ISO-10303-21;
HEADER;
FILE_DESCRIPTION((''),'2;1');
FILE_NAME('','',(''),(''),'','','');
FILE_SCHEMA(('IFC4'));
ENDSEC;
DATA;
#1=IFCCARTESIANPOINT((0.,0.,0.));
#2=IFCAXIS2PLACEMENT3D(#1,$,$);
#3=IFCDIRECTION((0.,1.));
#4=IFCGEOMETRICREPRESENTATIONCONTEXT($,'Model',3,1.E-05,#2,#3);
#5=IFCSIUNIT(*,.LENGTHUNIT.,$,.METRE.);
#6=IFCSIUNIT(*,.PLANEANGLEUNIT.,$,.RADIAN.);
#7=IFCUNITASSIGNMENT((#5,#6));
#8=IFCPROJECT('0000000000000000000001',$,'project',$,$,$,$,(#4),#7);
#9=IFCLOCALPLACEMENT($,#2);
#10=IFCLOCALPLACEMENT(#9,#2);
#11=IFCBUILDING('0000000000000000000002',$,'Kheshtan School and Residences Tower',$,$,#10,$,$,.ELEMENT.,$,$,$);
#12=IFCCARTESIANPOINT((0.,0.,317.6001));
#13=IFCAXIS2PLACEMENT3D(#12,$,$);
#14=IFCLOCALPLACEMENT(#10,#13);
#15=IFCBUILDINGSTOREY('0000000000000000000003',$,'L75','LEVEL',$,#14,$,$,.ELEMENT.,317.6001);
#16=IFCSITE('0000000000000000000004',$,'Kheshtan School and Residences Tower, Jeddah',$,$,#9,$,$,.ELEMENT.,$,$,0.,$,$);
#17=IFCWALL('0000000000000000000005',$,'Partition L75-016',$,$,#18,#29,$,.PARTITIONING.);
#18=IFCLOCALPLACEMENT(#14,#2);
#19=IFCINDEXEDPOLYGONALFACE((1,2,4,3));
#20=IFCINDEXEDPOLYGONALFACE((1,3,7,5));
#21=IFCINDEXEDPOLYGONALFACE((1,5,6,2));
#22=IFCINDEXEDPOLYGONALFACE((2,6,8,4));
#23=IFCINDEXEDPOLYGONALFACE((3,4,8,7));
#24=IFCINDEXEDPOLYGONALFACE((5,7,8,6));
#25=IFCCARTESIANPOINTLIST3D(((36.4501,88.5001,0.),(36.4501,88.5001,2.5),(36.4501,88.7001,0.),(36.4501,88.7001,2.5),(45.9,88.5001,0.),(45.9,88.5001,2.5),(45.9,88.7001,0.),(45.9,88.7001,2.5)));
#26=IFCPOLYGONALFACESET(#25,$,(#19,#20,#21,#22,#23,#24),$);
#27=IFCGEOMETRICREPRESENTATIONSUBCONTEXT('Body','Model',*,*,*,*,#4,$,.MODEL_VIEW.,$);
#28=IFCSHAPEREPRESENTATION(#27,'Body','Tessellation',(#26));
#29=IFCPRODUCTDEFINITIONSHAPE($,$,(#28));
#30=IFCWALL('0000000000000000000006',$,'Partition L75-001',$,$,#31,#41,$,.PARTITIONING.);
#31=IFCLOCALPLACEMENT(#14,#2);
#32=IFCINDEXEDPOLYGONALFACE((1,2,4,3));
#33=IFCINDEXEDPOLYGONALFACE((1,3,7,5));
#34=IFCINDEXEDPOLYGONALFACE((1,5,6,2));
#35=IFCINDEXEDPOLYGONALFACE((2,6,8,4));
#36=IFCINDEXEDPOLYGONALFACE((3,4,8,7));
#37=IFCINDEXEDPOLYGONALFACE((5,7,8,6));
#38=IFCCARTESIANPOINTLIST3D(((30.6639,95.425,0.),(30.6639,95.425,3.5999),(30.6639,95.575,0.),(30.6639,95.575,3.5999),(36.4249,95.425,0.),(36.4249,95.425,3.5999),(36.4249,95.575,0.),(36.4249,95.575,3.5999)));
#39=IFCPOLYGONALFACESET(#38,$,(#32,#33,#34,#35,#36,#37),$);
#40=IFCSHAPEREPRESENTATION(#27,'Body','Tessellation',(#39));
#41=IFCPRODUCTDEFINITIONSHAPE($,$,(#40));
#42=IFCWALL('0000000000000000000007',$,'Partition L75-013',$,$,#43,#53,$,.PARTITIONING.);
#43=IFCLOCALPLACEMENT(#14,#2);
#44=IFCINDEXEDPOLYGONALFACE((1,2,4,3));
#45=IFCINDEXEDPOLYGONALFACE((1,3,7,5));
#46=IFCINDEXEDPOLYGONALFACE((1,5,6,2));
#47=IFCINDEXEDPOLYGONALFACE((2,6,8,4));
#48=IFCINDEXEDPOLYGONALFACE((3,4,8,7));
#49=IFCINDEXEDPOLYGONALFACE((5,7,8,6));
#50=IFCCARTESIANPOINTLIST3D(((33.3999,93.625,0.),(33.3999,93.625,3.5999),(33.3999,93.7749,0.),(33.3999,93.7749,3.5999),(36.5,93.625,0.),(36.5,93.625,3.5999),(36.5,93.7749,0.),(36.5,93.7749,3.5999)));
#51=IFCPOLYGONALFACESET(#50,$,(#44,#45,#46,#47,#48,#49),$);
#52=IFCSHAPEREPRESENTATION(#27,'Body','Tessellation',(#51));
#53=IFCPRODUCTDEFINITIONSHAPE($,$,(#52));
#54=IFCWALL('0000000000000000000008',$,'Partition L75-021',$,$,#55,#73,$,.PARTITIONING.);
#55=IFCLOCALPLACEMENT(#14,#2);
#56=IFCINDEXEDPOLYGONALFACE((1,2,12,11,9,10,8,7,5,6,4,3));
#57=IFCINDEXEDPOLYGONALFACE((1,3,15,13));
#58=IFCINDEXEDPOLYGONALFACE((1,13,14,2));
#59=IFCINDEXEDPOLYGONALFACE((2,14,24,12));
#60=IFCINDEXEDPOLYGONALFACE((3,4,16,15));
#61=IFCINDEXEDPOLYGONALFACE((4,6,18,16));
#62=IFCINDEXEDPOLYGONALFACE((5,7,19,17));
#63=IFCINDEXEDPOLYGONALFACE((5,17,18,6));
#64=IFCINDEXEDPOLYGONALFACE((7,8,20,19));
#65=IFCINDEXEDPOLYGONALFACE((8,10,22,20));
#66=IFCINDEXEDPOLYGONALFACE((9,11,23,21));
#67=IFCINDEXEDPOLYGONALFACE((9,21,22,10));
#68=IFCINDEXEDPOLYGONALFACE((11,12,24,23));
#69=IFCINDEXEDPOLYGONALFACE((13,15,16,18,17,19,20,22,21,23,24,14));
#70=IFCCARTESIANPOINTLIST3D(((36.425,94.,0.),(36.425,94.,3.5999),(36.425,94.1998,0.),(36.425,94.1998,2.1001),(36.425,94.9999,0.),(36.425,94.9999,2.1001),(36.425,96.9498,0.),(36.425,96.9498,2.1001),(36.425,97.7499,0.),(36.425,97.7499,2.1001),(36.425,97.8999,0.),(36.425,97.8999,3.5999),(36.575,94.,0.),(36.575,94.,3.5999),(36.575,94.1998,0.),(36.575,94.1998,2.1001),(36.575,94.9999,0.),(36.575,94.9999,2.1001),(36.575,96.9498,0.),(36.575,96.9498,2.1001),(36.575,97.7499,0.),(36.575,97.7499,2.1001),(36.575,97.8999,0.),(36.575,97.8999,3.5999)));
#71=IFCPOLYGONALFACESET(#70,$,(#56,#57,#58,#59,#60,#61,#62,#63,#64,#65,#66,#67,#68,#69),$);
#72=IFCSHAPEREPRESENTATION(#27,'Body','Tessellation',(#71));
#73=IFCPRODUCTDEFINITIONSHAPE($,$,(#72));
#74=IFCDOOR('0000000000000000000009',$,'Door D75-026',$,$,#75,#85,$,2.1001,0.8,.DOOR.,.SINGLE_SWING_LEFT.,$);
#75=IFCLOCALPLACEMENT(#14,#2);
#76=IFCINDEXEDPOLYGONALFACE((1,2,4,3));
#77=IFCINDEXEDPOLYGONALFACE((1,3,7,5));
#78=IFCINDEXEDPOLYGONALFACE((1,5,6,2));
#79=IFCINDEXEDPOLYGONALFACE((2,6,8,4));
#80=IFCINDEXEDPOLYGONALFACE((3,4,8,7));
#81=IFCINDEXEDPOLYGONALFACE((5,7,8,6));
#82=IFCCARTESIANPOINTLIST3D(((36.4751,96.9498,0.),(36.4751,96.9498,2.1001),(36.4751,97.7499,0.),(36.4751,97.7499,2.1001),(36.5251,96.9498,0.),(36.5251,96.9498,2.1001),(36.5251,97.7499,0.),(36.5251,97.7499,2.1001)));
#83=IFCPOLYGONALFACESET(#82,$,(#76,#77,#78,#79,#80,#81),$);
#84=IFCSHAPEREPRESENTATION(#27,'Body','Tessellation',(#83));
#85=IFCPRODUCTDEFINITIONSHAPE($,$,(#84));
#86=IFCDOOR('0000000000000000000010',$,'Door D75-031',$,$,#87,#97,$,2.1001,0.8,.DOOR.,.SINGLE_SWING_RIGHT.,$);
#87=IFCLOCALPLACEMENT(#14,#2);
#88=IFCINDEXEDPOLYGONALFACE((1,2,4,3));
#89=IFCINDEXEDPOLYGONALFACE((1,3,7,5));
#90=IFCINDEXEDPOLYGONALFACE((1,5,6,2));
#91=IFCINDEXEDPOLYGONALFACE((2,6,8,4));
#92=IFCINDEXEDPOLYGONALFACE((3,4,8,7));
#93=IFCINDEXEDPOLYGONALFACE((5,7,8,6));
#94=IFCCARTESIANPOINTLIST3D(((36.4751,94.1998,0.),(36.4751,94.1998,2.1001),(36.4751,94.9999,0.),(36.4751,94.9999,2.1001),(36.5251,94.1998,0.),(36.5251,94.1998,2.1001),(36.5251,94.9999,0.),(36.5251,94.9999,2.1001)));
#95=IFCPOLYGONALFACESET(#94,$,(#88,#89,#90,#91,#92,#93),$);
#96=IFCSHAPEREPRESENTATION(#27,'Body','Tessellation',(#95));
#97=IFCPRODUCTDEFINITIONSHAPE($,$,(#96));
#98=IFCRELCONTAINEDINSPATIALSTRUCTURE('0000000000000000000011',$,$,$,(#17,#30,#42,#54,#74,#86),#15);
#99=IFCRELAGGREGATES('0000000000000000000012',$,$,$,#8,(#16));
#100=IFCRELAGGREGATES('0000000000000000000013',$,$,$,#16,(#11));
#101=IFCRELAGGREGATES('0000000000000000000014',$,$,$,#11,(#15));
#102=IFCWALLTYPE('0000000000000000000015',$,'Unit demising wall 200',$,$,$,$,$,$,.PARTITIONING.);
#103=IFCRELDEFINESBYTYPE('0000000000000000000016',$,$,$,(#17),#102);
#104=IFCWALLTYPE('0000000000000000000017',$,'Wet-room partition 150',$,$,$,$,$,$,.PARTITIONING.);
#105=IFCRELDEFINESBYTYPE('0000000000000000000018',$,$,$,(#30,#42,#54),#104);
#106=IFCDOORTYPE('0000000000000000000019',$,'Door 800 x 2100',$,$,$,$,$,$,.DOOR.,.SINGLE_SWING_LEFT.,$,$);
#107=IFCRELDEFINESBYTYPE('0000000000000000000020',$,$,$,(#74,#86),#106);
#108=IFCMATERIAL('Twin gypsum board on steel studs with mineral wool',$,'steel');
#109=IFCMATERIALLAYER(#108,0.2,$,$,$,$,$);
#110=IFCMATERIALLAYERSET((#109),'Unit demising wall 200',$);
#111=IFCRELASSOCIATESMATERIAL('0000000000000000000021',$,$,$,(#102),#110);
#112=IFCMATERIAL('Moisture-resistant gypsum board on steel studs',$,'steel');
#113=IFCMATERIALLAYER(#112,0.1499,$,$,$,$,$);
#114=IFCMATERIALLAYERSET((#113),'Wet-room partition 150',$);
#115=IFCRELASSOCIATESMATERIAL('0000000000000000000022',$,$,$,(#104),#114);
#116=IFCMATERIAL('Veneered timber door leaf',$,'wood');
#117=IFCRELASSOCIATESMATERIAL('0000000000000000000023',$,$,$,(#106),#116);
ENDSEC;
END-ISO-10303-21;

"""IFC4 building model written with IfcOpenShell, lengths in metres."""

from ifc_helpers import new_model, si_unit, direction, frame, frame_2d, origin, place, context, subcontext, project, spatial, rectangle, extrude, source, transform, mapped, material, layer, layer_set, type_object, element, fill, save


model = new_model("IFC4")

# Units and contexts
model_context = context("Model", 3, precision=1e-05, world=origin(), true_north=direction((0.0, 1.0)))
body_context = subcontext(model_context, "Body", "Model", "MODEL_VIEW")
ifc_project = project(units=[si_unit("LENGTHUNIT", "METRE"), si_unit("PLANEANGLEUNIT", "RADIAN")], contexts=[model_context])

# Site, building, storey
site_placement = place(None, origin())
site = spatial("IfcSite", under=ifc_project, at=site_placement, Name="Kheshtan School and Residences Tower, Jeddah", CompositionType="ELEMENT", RefElevation=0.0)
building_placement = place(site_placement, origin())
building = spatial("IfcBuilding", under=site, at=building_placement, Name="Kheshtan School and Residences Tower", CompositionType="ELEMENT")
storey_placement = place(building_placement, frame((0.0, 0.0, 317.6001)))
storey = spatial("IfcBuildingStorey", under=building, at=storey_placement, Name="L75", Description="LEVEL", CompositionType="ELEMENT", Elevation=317.6001)

# Shared definitions
ifc_material_1 = material(Name="Veneered timber door leaf", Category="wood")

# Walls
ifc_material_2 = material(Name="Twin gypsum board on steel studs with mineral wool", Category="steel")
ifc_layer_1 = layer(ifc_material_2, 0.2)
ifc_layer_set_1 = layer_set([ifc_layer_1], Name="Unit demising wall 200")
wall_type_1 = type_object("IfcWallType", Name="Unit demising wall 200", PredefinedType="PARTITIONING", material=ifc_layer_set_1)
wall_1_placement = place(storey_placement, frame((36.45, 88.6001, 0.0), z_axis=(0.0, 0.0, 1.0), x_axis=(1.0, 0.0, 0.0)))
element("IfcWall", 1, at=wall_1_placement, inside=storey, type_object=wall_type_1, Name="Partition L75-016", PredefinedType="PARTITIONING", context=body_context, shape_type="SweptSolid", body=[
    extrude(rectangle(XDim=9.45, YDim=0.2, at=frame_2d((4.7251, 0.0))), origin(), (0.0, 0.0, 1.0), 2.5),
])
ifc_material_3 = material(Name="Moisture-resistant gypsum board on steel studs", Category="steel")
ifc_layer_2 = layer(ifc_material_3, 0.1499)
ifc_layer_set_2 = layer_set([ifc_layer_2], Name="Wet-room partition 150")
wall_type_2 = type_object("IfcWallType", Name="Wet-room partition 150", PredefinedType="PARTITIONING", material=ifc_layer_set_2)
wall_2_placement = place(storey_placement, frame((30.6641, 95.5, 0.0), z_axis=(0.0, 0.0, 1.0), x_axis=(1.0, 0.0, 0.0)))
element("IfcWall", 2, at=wall_2_placement, inside=storey, type_object=wall_type_2, Name="Partition L75-001", PredefinedType="PARTITIONING", context=body_context, shape_type="SweptSolid", body=[
    extrude(rectangle(XDim=5.761, YDim=0.1499, at=frame_2d((2.8804, 0.0))), origin(), (0.0, 0.0, 1.0), 3.5999),
])
wall_3_placement = place(storey_placement, frame((33.3999, 93.7, 0.0), z_axis=(0.0, 0.0, 1.0), x_axis=(1.0, 0.0, 0.0)))
element("IfcWall", 3, at=wall_3_placement, inside=storey, type_object=wall_type_2, Name="Partition L75-013", PredefinedType="PARTITIONING", context=body_context, shape_type="SweptSolid", body=[
    extrude(rectangle(XDim=3.1001, YDim=0.1499, at=frame_2d((1.55, 0.0))), origin(), (0.0, 0.0, 1.0), 3.5999),
])

# Wall, openings, doors
wall_4_placement = place(storey_placement, frame((36.5, 94.0, 0.0), z_axis=(0.0, 0.0, 1.0), x_axis=(0.0, 1.0, 0.0)))
wall_4 = element("IfcWall", 4, at=wall_4_placement, inside=storey, type_object=wall_type_2, Name="Partition L75-021", PredefinedType="PARTITIONING", context=body_context, shape_type="SweptSolid", body=[
    extrude(rectangle(XDim=3.8999, YDim=0.1499, at=frame_2d((1.95, 0.0))), origin(), (0.0, 0.0, 1.0), 3.5999),
])
opening_1_placement = place(wall_4_placement, frame((2.95, 0.0, 0.0)))
opening_1 = element("IfcOpeningElement", 5, at=opening_1_placement, cuts=wall_4, PredefinedType="OPENING", context=body_context, shape_type="SweptSolid", body=[
    extrude(rectangle(XDim=0.8, YDim=2.1001, at=frame_2d((0.3999, 1.05))), frame((0.0, 0.085, 0.0), z_axis=(0.0, -1.0, 0.0), x_axis=(1.0, 0.0, 0.0)), (0.0, 0.0, 1.0), 0.1699),
])
opening_2_placement = place(wall_4_placement, frame((0.2, 0.0, 0.0)))
opening_2 = element("IfcOpeningElement", 6, at=opening_2_placement, cuts=wall_4, PredefinedType="OPENING", context=body_context, shape_type="SweptSolid", body=[
    extrude(rectangle(XDim=0.8, YDim=2.1001, at=frame_2d((0.3999, 1.05))), frame((0.0, 0.085, 0.0), z_axis=(0.0, -1.0, 0.0), x_axis=(1.0, 0.0, 0.0)), (0.0, 0.0, 1.0), 0.1699),
])
door_type_1 = type_object("IfcDoorType", Name="Door 800 x 2100", OperationType="SINGLE_SWING_LEFT", PredefinedType="DOOR", material=ifc_material_1)
shared_shape_1 = source(origin(), body_context, "Body", "SweptSolid", [
    extrude(rectangle(XDim=0.8, YDim=2.1001, at=frame_2d((0.3999, 1.05))), frame((0.0, 0.0249, 0.0), z_axis=(0.0, -1.0, 0.0), x_axis=(1.0, 0.0, 0.0)), (0.0, 0.0, 1.0), 0.05),
])
door_1_placement = place(opening_1_placement, origin())
door_1 = element("IfcDoor", 7, at=door_1_placement, inside=storey, type_object=door_type_1, Name="Door D75-026", OperationType="SINGLE_SWING_LEFT", OverallHeight=2.1001, OverallWidth=0.8, PredefinedType="DOOR", context=body_context, shape_type="MappedRepresentation", body=[
    mapped(shared_shape_1, transform((0.0, 0.0, 0.0), x_axis=(1.0, 0.0, 0.0), y_axis=(0.0, 1.0, 0.0), z_axis=(0.0, 0.0, 1.0), scale=1.0)),
])
fill(opening_1, door_1)
door_2_placement = place(opening_2_placement, origin())
door_2 = element("IfcDoor", 8, at=door_2_placement, inside=storey, type_object=door_type_1, Name="Door D75-031", OperationType="SINGLE_SWING_RIGHT", OverallHeight=2.1001, OverallWidth=0.8, PredefinedType="DOOR", context=body_context, shape_type="MappedRepresentation", body=[
    mapped(shared_shape_1, transform((0.0, 0.0, 0.0), x_axis=(1.0, 0.0, 0.0), y_axis=(0.0, 1.0, 0.0), z_axis=(0.0, 0.0, 1.0), scale=1.0)),
])
fill(opening_2, door_2)

save(model, "model.ifc")
